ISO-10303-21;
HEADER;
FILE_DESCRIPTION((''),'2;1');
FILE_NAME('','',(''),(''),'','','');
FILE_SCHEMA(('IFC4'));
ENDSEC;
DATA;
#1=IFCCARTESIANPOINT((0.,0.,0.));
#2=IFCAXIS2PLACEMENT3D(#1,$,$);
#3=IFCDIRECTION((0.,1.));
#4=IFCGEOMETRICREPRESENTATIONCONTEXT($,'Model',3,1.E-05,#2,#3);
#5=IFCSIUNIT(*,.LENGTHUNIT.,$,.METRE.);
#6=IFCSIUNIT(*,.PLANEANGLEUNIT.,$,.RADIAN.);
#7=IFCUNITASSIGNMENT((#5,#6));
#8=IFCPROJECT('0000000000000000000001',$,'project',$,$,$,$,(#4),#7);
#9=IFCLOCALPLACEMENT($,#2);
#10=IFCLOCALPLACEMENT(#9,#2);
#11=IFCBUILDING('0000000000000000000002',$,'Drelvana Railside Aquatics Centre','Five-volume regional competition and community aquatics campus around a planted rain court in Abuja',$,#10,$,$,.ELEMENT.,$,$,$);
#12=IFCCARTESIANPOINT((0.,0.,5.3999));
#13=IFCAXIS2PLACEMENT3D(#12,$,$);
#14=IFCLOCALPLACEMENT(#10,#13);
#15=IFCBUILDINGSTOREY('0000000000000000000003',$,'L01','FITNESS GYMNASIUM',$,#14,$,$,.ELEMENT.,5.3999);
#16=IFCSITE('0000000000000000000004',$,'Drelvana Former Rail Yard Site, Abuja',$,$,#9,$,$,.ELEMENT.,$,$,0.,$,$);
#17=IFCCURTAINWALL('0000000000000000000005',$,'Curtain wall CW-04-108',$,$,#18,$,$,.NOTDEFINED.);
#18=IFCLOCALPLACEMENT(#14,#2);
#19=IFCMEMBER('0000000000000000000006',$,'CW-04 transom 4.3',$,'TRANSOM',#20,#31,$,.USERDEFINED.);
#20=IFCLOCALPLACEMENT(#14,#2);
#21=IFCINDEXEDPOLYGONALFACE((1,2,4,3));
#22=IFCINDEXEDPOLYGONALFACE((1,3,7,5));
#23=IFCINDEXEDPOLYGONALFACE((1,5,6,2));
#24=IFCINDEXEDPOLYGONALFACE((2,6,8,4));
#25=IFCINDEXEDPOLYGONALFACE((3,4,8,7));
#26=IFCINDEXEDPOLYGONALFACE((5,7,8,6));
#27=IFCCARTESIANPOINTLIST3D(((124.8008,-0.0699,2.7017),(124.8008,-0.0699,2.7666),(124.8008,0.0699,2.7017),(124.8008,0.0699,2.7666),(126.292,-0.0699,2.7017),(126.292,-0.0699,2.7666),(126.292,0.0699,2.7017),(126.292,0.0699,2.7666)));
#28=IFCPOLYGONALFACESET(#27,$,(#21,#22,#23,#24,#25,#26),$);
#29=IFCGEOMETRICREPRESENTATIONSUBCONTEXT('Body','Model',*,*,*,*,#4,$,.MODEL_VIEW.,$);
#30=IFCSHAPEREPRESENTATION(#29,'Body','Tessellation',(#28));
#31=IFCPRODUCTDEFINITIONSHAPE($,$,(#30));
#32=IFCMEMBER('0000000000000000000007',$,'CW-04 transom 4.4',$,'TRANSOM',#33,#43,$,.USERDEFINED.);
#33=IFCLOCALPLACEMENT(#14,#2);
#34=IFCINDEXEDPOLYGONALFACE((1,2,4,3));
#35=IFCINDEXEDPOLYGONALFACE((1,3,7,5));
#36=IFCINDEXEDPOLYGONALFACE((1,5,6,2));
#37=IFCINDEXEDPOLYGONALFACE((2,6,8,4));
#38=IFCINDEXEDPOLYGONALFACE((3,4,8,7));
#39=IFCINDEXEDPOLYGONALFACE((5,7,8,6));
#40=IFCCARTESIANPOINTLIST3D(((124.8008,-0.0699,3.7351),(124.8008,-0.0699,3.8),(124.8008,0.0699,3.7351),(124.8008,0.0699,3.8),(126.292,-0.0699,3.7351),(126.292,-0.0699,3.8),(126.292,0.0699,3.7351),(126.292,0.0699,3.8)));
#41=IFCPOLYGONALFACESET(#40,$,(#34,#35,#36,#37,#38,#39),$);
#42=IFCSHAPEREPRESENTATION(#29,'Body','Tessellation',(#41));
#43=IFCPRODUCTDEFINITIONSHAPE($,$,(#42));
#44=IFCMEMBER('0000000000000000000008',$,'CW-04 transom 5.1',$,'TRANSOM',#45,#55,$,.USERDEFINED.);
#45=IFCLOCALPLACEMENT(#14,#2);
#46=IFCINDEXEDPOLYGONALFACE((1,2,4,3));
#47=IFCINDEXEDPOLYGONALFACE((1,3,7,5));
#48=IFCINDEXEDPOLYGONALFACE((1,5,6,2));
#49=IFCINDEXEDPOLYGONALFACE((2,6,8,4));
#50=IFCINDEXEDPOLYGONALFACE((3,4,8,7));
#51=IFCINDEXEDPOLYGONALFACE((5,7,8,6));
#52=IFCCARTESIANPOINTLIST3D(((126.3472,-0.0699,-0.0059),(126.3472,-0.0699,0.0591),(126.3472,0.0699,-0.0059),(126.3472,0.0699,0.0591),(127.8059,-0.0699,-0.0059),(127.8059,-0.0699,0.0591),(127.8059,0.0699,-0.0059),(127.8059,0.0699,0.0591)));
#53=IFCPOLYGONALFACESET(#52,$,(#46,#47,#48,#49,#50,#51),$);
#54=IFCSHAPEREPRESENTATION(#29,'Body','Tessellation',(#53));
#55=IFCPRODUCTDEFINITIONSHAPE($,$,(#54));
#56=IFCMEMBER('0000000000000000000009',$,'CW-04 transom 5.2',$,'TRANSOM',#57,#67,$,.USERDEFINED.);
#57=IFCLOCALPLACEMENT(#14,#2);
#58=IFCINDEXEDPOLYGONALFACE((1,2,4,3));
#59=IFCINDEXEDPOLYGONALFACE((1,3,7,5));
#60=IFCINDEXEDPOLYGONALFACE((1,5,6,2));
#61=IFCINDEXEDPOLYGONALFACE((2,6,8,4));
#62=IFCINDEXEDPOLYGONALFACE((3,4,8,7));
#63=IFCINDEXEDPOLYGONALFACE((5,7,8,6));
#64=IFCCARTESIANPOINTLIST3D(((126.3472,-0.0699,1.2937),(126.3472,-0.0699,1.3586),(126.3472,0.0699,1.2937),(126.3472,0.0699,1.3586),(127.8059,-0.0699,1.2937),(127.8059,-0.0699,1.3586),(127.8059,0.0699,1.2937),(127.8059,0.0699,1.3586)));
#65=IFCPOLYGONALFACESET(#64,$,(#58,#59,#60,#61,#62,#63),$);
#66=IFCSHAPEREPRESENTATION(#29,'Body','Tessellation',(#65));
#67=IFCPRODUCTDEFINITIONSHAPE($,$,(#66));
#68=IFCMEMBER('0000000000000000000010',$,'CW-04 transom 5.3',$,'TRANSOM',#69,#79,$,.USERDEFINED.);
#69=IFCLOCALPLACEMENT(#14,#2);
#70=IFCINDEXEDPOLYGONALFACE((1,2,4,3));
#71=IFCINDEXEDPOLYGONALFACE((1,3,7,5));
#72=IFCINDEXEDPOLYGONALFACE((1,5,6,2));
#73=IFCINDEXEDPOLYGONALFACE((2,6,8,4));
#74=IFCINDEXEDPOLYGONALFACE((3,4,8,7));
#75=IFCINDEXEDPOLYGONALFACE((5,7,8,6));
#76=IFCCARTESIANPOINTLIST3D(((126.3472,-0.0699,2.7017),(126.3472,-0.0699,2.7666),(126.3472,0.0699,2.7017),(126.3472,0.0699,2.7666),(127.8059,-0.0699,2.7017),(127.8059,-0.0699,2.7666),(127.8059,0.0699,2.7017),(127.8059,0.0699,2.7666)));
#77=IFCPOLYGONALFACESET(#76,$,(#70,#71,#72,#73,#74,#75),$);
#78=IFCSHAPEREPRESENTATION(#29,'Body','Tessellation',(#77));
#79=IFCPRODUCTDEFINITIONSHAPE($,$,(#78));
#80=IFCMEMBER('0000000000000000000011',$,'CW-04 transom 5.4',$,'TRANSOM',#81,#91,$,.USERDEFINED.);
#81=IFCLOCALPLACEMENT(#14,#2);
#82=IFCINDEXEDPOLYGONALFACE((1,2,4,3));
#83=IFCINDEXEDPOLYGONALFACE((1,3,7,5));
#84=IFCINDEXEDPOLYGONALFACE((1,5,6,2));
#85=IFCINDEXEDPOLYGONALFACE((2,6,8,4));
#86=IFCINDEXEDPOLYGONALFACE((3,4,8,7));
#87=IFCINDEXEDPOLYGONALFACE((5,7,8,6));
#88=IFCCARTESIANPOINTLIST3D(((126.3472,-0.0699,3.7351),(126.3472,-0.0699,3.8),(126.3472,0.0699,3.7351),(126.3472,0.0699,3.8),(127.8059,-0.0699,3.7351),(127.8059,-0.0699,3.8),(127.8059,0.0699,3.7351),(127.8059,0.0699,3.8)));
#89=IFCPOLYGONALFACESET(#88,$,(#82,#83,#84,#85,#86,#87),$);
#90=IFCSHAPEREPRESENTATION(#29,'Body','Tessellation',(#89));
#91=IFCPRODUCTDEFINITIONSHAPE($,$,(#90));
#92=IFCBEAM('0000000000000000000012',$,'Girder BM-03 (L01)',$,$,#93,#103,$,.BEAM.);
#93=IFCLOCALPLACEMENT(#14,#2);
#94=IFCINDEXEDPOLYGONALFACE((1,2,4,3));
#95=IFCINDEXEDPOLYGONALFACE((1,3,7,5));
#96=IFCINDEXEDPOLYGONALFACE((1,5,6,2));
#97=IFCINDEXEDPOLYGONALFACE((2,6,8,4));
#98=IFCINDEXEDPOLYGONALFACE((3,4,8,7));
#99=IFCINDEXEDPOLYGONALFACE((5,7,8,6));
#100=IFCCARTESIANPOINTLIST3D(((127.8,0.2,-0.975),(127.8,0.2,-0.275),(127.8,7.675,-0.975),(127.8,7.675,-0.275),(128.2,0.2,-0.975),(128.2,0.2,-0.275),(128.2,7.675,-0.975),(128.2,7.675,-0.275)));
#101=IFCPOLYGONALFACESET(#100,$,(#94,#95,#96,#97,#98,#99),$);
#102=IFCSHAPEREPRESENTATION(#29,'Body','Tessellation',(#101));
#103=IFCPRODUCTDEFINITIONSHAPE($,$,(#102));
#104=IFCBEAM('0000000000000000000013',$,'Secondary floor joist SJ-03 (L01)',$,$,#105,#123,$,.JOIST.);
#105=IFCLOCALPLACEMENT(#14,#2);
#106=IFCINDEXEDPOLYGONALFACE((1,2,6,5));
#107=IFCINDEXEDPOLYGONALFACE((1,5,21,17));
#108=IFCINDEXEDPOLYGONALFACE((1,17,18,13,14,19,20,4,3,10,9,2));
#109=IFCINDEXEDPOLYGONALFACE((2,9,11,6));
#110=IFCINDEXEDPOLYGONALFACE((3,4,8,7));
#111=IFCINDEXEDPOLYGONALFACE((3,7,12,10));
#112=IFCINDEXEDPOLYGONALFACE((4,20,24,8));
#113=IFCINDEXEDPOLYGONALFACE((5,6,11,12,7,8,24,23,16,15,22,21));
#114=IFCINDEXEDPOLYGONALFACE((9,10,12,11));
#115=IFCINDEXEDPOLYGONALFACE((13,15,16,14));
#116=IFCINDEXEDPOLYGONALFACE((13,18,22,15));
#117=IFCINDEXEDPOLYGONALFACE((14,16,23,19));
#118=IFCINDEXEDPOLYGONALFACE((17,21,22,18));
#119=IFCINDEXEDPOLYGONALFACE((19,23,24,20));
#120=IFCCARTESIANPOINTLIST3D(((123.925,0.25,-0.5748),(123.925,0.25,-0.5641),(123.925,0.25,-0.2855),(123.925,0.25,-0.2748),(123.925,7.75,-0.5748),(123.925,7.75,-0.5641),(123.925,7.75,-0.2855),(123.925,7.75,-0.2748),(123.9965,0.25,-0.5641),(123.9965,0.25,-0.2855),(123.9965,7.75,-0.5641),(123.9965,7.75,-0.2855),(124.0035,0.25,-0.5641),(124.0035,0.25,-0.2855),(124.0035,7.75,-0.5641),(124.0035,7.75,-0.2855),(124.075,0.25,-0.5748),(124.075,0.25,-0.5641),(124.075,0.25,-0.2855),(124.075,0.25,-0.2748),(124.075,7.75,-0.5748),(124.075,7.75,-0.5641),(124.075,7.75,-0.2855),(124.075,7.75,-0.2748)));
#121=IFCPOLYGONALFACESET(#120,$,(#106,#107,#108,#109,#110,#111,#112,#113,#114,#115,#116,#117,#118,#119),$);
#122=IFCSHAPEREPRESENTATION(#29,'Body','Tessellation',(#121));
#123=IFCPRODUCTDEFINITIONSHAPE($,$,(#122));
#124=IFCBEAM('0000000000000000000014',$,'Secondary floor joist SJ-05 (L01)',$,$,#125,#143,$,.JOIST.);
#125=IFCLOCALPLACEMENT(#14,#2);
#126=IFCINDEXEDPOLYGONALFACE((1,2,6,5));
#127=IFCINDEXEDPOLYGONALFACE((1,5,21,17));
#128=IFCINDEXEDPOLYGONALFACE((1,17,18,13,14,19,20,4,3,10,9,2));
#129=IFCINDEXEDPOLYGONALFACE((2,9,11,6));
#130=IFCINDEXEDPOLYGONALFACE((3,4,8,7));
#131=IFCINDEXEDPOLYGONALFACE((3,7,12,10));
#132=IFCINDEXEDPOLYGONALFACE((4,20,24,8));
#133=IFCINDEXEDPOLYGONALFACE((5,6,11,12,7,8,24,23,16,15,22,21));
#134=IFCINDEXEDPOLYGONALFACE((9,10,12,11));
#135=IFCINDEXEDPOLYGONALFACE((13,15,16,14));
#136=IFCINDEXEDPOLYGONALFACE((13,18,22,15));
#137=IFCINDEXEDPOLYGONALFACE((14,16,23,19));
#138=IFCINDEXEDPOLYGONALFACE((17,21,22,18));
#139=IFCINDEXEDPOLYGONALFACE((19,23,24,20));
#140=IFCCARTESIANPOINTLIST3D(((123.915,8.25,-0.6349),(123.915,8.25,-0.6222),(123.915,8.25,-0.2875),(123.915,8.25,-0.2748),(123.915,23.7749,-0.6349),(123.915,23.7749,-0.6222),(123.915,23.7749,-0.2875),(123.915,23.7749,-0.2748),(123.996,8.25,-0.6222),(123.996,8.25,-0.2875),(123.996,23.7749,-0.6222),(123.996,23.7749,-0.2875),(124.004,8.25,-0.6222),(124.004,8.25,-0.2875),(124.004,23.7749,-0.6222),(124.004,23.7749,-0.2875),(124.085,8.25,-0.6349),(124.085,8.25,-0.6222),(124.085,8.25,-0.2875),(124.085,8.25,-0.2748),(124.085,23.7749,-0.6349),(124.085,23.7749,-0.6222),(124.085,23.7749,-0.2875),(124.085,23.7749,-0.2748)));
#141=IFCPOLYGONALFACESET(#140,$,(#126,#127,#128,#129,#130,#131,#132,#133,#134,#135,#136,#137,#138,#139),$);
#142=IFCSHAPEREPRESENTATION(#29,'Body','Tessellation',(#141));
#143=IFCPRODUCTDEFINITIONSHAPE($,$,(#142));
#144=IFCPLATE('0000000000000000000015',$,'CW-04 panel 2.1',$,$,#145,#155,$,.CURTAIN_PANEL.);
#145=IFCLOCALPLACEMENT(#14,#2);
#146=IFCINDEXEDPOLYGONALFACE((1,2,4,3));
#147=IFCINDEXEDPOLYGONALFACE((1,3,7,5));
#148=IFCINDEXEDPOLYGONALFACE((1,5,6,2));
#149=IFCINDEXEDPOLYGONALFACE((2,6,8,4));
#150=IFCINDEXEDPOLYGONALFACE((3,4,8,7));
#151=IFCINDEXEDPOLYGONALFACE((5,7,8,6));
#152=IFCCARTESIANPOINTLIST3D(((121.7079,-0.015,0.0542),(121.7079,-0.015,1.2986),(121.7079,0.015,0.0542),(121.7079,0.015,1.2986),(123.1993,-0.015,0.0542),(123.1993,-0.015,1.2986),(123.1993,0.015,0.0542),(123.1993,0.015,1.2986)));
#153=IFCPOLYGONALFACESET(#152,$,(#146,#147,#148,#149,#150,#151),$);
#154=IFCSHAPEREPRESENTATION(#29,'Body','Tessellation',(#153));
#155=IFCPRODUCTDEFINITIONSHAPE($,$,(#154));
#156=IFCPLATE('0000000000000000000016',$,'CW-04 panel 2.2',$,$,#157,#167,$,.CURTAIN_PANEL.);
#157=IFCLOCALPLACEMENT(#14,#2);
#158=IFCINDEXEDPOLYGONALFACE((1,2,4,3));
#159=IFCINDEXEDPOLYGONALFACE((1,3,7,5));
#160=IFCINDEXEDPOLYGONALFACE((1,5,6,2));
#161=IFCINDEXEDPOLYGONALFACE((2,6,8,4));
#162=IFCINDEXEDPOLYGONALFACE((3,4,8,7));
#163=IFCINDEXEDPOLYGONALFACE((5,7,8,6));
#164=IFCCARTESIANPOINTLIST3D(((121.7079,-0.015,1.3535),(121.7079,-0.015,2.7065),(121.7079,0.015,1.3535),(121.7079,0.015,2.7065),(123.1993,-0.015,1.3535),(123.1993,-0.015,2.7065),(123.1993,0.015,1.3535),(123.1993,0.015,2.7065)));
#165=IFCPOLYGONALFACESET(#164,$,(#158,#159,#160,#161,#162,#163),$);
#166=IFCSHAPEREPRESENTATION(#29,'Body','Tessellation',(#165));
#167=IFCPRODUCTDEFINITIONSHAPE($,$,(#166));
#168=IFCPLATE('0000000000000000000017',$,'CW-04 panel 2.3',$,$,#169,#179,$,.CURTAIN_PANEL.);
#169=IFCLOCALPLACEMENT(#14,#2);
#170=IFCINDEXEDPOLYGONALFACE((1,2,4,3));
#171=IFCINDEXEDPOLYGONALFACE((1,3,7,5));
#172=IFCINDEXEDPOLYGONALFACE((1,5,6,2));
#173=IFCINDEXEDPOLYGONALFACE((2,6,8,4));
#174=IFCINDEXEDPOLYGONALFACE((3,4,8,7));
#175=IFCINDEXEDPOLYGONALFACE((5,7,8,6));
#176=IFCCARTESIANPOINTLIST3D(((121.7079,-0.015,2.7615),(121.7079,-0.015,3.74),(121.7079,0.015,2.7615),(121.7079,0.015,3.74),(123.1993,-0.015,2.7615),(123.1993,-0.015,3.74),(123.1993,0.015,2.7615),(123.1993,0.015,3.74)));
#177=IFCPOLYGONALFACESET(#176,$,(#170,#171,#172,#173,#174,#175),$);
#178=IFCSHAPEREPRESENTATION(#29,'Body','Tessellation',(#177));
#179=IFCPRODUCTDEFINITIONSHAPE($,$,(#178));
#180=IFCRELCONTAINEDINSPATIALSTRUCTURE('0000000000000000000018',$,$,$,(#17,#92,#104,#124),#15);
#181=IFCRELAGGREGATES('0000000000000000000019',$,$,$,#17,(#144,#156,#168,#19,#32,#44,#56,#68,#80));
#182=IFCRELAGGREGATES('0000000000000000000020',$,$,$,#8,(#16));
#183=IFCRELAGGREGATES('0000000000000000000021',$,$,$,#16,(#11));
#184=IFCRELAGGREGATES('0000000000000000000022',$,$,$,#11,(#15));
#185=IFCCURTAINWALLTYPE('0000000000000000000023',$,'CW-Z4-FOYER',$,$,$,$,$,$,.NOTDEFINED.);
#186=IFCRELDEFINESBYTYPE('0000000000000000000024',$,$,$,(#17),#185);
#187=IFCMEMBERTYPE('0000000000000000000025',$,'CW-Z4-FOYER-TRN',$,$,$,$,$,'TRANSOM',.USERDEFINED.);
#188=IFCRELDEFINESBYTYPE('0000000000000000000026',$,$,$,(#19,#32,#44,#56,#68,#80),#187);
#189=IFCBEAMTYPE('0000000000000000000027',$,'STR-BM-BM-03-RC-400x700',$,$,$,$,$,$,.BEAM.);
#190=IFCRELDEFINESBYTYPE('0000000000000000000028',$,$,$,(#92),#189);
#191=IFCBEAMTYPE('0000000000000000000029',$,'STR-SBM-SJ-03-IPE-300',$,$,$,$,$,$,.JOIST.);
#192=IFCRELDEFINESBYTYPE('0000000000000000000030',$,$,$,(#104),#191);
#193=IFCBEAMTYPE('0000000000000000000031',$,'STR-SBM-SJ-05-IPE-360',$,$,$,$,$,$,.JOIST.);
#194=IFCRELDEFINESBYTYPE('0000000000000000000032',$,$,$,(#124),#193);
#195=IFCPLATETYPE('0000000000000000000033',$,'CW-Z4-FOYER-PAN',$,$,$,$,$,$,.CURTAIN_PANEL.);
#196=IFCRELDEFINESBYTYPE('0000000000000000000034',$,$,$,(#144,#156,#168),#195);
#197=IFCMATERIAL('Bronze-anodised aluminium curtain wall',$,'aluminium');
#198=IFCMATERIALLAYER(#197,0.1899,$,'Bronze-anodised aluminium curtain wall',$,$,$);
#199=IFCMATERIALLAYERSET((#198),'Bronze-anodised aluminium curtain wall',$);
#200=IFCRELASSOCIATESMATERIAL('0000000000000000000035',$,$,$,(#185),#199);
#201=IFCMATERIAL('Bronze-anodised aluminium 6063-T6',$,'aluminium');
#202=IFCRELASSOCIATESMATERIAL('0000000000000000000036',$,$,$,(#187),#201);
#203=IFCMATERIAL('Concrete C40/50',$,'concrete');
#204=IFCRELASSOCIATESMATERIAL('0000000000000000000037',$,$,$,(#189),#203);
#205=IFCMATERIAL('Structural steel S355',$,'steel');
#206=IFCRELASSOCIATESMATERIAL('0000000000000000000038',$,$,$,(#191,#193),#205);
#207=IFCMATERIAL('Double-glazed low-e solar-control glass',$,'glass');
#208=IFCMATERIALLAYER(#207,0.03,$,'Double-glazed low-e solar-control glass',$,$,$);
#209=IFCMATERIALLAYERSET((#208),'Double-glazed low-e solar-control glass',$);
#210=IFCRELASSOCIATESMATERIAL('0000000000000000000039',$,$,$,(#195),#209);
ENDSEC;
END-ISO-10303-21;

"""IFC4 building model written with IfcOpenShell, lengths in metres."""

from ifc_helpers import new_model, si_unit, direction, frame, origin, origin_2d, place, context, subcontext, project, spatial, rectangle, i_section, extrude, material, layer, layer_set, material_profile, profile_set, type_object, element, aggregate, save


model = new_model("IFC4")

# Units and contexts
model_context = context("Model", 3, precision=1e-05, world=origin(), true_north=direction((0.0, 1.0)))
body_context = subcontext(model_context, "Body", "Model", "MODEL_VIEW")
ifc_project = project(units=[si_unit("LENGTHUNIT", "METRE"), si_unit("PLANEANGLEUNIT", "RADIAN")], contexts=[model_context])

# Site, building, storey
site_placement = place(None, origin())
site = spatial("IfcSite", under=ifc_project, at=site_placement, Name="Drelvana Former Rail Yard Site, Abuja", CompositionType="ELEMENT", RefElevation=0.0)
building_placement = place(site_placement, origin())
building = spatial("IfcBuilding", under=site, at=building_placement, Name="Drelvana Railside Aquatics Centre", Description="Five-volume regional competition and community aquatics campus around a planted rain court in Abuja", CompositionType="ELEMENT")
storey_placement = place(building_placement, frame((0.0, 0.0, 5.3999)))
storey = spatial("IfcBuildingStorey", under=building, at=storey_placement, Name="L01", Description="FITNESS GYMNASIUM", CompositionType="ELEMENT", Elevation=5.3999)

# Shared definitions
ifc_material_1 = material(Name="Structural steel S355", Category="steel")

# Curtain wall, members
ifc_material_2 = material(Name="Bronze-anodised aluminium curtain wall", Category="aluminium")
ifc_layer_1 = layer(ifc_material_2, 0.1899, Name="Bronze-anodised aluminium curtain wall")
ifc_layer_set_1 = layer_set([ifc_layer_1], Name="Bronze-anodised aluminium curtain wall")
curtain_wall_type = type_object("IfcCurtainWallType", Name="CW-Z4-FOYER", PredefinedType="NOTDEFINED", material=ifc_layer_set_1)
curtain_wall_placement = place(storey_placement, origin())
curtain_wall = element("IfcCurtainWall", 1, at=curtain_wall_placement, inside=storey, type_object=curtain_wall_type, Name="Curtain wall CW-04-108", PredefinedType="NOTDEFINED")
ifc_material_3 = material(Name="Bronze-anodised aluminium 6063-T6", Category="aluminium")
ifc_material_profile_1 = material_profile(ifc_material_3, rectangle(XDim=0.1399, YDim=0.0649, at=origin_2d()), Name="ALU-T 65x140")
ifc_profile_set_1 = profile_set([ifc_material_profile_1], Name="Bronze-anodised aluminium 6063-T6")
member_type_1 = type_object("IfcMemberType", Name="CW-Z4-FOYER-TRN", ElementType="TRANSOM", PredefinedType="USERDEFINED", material=ifc_profile_set_1)
member_1_placement = place(storey_placement, frame((124.8008, 0.0, 2.7341), z_axis=(1.0, 0.0, 0.0), x_axis=(0.0, 1.0, 0.0)))
member_1 = element("IfcMember", 2, at=member_1_placement, type_object=member_type_1, Name="CW-04 transom 4.3", ObjectType="TRANSOM", PredefinedType="USERDEFINED", context=body_context, shape_type="SweptSolid", body=[
    extrude(rectangle(XDim=0.1399, YDim=0.0649, at=origin_2d()), origin(), (0.0, 0.0, 1.0), 1.4912),
])
member_2_placement = place(storey_placement, frame((124.8008, 0.0, 3.7676), z_axis=(1.0, 0.0, 0.0), x_axis=(0.0, 1.0, 0.0)))
member_2 = element("IfcMember", 3, at=member_2_placement, type_object=member_type_1, Name="CW-04 transom 4.4", ObjectType="TRANSOM", PredefinedType="USERDEFINED", context=body_context, shape_type="SweptSolid", body=[
    extrude(rectangle(XDim=0.1399, YDim=0.0649, at=origin_2d()), origin(), (0.0, 0.0, 1.0), 1.4912),
])
member_3_placement = place(storey_placement, frame((126.3472, 0.0, 0.0266), z_axis=(1.0, 0.0, 0.0), x_axis=(0.0, 1.0, 0.0)))
member_3 = element("IfcMember", 4, at=member_3_placement, type_object=member_type_1, Name="CW-04 transom 5.1", ObjectType="TRANSOM", PredefinedType="USERDEFINED", context=body_context, shape_type="SweptSolid", body=[
    extrude(rectangle(XDim=0.1399, YDim=0.0649, at=origin_2d()), origin(), (0.0, 0.0, 1.0), 1.4587),
])
member_4_placement = place(storey_placement, frame((126.3472, 0.0, 1.3262), z_axis=(1.0, 0.0, 0.0), x_axis=(0.0, 1.0, 0.0)))
member_4 = element("IfcMember", 5, at=member_4_placement, type_object=member_type_1, Name="CW-04 transom 5.2", ObjectType="TRANSOM", PredefinedType="USERDEFINED", context=body_context, shape_type="SweptSolid", body=[
    extrude(rectangle(XDim=0.1399, YDim=0.0649, at=origin_2d()), origin(), (0.0, 0.0, 1.0), 1.4587),
])
member_5_placement = place(storey_placement, frame((126.3472, 0.0, 2.7341), z_axis=(1.0, 0.0, 0.0), x_axis=(0.0, 1.0, 0.0)))
member_5 = element("IfcMember", 6, at=member_5_placement, type_object=member_type_1, Name="CW-04 transom 5.3", ObjectType="TRANSOM", PredefinedType="USERDEFINED", context=body_context, shape_type="SweptSolid", body=[
    extrude(rectangle(XDim=0.1399, YDim=0.0649, at=origin_2d()), origin(), (0.0, 0.0, 1.0), 1.4587),
])
member_6_placement = place(storey_placement, frame((126.3472, 0.0, 3.7676), z_axis=(1.0, 0.0, 0.0), x_axis=(0.0, 1.0, 0.0)))
member_6 = element("IfcMember", 7, at=member_6_placement, type_object=member_type_1, Name="CW-04 transom 5.4", ObjectType="TRANSOM", PredefinedType="USERDEFINED", context=body_context, shape_type="SweptSolid", body=[
    extrude(rectangle(XDim=0.1399, YDim=0.0649, at=origin_2d()), origin(), (0.0, 0.0, 1.0), 1.4587),
])

# Beams
ifc_material_4 = material(Name="Concrete C40/50", Category="concrete")
ifc_material_profile_2 = material_profile(ifc_material_4, rectangle(XDim=0.3999, YDim=0.7, at=origin_2d()), Name="RC 400x700")
ifc_profile_set_2 = profile_set([ifc_material_profile_2], Name="Concrete C40/50")
beam_type_1 = type_object("IfcBeamType", Name="STR-BM-BM-03-RC-400x700", PredefinedType="BEAM", material=ifc_profile_set_2)
beam_1_placement = place(storey_placement, frame((128.0, 0.2, -0.625), z_axis=(0.0, 1.0, 0.0), x_axis=(-1.0, 0.0, 0.0)))
element("IfcBeam", 8, at=beam_1_placement, inside=storey, type_object=beam_type_1, Name="Girder BM-03 (L01)", PredefinedType="BEAM", context=body_context, shape_type="SweptSolid", body=[
    extrude(rectangle(XDim=0.3999, YDim=0.7, at=origin_2d()), origin(), (0.0, 0.0, 1.0), 7.4751),
])
ifc_material_profile_3 = material_profile(ifc_material_1, i_section(OverallWidth=0.1499, OverallDepth=0.3, WebThickness=0.0071, FlangeThickness=0.0107, at=origin_2d()), Name="IPE 300")
ifc_profile_set_3 = profile_set([ifc_material_profile_3], Name="Structural steel S355")
beam_type_2 = type_object("IfcBeamType", Name="STR-SBM-SJ-03-IPE-300", PredefinedType="JOIST", material=ifc_profile_set_3)
beam_2_placement = place(storey_placement, frame((124.0, 0.25, -0.4248), z_axis=(0.0, 1.0, 0.0), x_axis=(-1.0, 0.0, 0.0)))
element("IfcBeam", 9, at=beam_2_placement, inside=storey, type_object=beam_type_2, Name="Secondary floor joist SJ-03 (L01)", PredefinedType="JOIST", context=body_context, shape_type="SweptSolid", body=[
    extrude(i_section(OverallWidth=0.1499, OverallDepth=0.3, WebThickness=0.0071, FlangeThickness=0.0107, at=origin_2d()), origin(), (0.0, 0.0, 1.0), 7.5),
])
ifc_material_profile_4 = material_profile(ifc_material_1, i_section(OverallWidth=0.1699, OverallDepth=0.3601, WebThickness=0.0081, FlangeThickness=0.0127, at=origin_2d()), Name="IPE 360")
ifc_profile_set_4 = profile_set([ifc_material_profile_4], Name="Structural steel S355")
beam_type_3 = type_object("IfcBeamType", Name="STR-SBM-SJ-05-IPE-360", PredefinedType="JOIST", material=ifc_profile_set_4)
beam_3_placement = place(storey_placement, frame((124.0, 8.25, -0.4548), z_axis=(0.0, 1.0, 0.0), x_axis=(-1.0, 0.0, 0.0)))
element("IfcBeam", 10, at=beam_3_placement, inside=storey, type_object=beam_type_3, Name="Secondary floor joist SJ-05 (L01)", PredefinedType="JOIST", context=body_context, shape_type="SweptSolid", body=[
    extrude(i_section(OverallWidth=0.1699, OverallDepth=0.3601, WebThickness=0.0081, FlangeThickness=0.0127, at=origin_2d()), origin(), (0.0, 0.0, 1.0), 15.5249),
])

# Plates
ifc_material_5 = material(Name="Double-glazed low-e solar-control glass", Category="glass")
ifc_layer_2 = layer(ifc_material_5, 0.03, Name="Double-glazed low-e solar-control glass")
ifc_layer_set_2 = layer_set([ifc_layer_2], Name="Double-glazed low-e solar-control glass")
plate_type = type_object("IfcPlateType", Name="CW-Z4-FOYER-PAN", PredefinedType="CURTAIN_PANEL", material=ifc_layer_set_2)
plate_1_placement = place(storey_placement, frame((122.4536, 0.0, 0.0542), z_axis=(0.0, 0.0, 1.0), x_axis=(1.0, 0.0, 0.0)))
plate_1 = element("IfcPlate", 11, at=plate_1_placement, type_object=plate_type, Name="CW-04 panel 2.1", PredefinedType="CURTAIN_PANEL", context=body_context, shape_type="SweptSolid", body=[
    extrude(rectangle(XDim=1.4915, YDim=0.03, at=origin_2d()), origin(), (0.0, 0.0, 1.0), 1.2444),
])
plate_2_placement = place(storey_placement, frame((122.4536, 0.0, 1.3535), z_axis=(0.0, 0.0, 1.0), x_axis=(1.0, 0.0, 0.0)))
plate_2 = element("IfcPlate", 12, at=plate_2_placement, type_object=plate_type, Name="CW-04 panel 2.2", PredefinedType="CURTAIN_PANEL", context=body_context, shape_type="SweptSolid", body=[
    extrude(rectangle(XDim=1.4915, YDim=0.03, at=origin_2d()), origin(), (0.0, 0.0, 1.0), 1.353),
])
plate_3_placement = place(storey_placement, frame((122.4536, 0.0, 2.7615), z_axis=(0.0, 0.0, 1.0), x_axis=(1.0, 0.0, 0.0)))
plate_3 = element("IfcPlate", 13, at=plate_3_placement, type_object=plate_type, Name="CW-04 panel 2.3", PredefinedType="CURTAIN_PANEL", context=body_context, shape_type="SweptSolid", body=[
    extrude(rectangle(XDim=1.4915, YDim=0.03, at=origin_2d()), origin(), (0.0, 0.0, 1.0), 0.9785),
])
aggregate(curtain_wall, [plate_1, plate_2, plate_3, member_1, member_2, member_3, member_4, member_5, member_6])

save(model, "model.ifc")
